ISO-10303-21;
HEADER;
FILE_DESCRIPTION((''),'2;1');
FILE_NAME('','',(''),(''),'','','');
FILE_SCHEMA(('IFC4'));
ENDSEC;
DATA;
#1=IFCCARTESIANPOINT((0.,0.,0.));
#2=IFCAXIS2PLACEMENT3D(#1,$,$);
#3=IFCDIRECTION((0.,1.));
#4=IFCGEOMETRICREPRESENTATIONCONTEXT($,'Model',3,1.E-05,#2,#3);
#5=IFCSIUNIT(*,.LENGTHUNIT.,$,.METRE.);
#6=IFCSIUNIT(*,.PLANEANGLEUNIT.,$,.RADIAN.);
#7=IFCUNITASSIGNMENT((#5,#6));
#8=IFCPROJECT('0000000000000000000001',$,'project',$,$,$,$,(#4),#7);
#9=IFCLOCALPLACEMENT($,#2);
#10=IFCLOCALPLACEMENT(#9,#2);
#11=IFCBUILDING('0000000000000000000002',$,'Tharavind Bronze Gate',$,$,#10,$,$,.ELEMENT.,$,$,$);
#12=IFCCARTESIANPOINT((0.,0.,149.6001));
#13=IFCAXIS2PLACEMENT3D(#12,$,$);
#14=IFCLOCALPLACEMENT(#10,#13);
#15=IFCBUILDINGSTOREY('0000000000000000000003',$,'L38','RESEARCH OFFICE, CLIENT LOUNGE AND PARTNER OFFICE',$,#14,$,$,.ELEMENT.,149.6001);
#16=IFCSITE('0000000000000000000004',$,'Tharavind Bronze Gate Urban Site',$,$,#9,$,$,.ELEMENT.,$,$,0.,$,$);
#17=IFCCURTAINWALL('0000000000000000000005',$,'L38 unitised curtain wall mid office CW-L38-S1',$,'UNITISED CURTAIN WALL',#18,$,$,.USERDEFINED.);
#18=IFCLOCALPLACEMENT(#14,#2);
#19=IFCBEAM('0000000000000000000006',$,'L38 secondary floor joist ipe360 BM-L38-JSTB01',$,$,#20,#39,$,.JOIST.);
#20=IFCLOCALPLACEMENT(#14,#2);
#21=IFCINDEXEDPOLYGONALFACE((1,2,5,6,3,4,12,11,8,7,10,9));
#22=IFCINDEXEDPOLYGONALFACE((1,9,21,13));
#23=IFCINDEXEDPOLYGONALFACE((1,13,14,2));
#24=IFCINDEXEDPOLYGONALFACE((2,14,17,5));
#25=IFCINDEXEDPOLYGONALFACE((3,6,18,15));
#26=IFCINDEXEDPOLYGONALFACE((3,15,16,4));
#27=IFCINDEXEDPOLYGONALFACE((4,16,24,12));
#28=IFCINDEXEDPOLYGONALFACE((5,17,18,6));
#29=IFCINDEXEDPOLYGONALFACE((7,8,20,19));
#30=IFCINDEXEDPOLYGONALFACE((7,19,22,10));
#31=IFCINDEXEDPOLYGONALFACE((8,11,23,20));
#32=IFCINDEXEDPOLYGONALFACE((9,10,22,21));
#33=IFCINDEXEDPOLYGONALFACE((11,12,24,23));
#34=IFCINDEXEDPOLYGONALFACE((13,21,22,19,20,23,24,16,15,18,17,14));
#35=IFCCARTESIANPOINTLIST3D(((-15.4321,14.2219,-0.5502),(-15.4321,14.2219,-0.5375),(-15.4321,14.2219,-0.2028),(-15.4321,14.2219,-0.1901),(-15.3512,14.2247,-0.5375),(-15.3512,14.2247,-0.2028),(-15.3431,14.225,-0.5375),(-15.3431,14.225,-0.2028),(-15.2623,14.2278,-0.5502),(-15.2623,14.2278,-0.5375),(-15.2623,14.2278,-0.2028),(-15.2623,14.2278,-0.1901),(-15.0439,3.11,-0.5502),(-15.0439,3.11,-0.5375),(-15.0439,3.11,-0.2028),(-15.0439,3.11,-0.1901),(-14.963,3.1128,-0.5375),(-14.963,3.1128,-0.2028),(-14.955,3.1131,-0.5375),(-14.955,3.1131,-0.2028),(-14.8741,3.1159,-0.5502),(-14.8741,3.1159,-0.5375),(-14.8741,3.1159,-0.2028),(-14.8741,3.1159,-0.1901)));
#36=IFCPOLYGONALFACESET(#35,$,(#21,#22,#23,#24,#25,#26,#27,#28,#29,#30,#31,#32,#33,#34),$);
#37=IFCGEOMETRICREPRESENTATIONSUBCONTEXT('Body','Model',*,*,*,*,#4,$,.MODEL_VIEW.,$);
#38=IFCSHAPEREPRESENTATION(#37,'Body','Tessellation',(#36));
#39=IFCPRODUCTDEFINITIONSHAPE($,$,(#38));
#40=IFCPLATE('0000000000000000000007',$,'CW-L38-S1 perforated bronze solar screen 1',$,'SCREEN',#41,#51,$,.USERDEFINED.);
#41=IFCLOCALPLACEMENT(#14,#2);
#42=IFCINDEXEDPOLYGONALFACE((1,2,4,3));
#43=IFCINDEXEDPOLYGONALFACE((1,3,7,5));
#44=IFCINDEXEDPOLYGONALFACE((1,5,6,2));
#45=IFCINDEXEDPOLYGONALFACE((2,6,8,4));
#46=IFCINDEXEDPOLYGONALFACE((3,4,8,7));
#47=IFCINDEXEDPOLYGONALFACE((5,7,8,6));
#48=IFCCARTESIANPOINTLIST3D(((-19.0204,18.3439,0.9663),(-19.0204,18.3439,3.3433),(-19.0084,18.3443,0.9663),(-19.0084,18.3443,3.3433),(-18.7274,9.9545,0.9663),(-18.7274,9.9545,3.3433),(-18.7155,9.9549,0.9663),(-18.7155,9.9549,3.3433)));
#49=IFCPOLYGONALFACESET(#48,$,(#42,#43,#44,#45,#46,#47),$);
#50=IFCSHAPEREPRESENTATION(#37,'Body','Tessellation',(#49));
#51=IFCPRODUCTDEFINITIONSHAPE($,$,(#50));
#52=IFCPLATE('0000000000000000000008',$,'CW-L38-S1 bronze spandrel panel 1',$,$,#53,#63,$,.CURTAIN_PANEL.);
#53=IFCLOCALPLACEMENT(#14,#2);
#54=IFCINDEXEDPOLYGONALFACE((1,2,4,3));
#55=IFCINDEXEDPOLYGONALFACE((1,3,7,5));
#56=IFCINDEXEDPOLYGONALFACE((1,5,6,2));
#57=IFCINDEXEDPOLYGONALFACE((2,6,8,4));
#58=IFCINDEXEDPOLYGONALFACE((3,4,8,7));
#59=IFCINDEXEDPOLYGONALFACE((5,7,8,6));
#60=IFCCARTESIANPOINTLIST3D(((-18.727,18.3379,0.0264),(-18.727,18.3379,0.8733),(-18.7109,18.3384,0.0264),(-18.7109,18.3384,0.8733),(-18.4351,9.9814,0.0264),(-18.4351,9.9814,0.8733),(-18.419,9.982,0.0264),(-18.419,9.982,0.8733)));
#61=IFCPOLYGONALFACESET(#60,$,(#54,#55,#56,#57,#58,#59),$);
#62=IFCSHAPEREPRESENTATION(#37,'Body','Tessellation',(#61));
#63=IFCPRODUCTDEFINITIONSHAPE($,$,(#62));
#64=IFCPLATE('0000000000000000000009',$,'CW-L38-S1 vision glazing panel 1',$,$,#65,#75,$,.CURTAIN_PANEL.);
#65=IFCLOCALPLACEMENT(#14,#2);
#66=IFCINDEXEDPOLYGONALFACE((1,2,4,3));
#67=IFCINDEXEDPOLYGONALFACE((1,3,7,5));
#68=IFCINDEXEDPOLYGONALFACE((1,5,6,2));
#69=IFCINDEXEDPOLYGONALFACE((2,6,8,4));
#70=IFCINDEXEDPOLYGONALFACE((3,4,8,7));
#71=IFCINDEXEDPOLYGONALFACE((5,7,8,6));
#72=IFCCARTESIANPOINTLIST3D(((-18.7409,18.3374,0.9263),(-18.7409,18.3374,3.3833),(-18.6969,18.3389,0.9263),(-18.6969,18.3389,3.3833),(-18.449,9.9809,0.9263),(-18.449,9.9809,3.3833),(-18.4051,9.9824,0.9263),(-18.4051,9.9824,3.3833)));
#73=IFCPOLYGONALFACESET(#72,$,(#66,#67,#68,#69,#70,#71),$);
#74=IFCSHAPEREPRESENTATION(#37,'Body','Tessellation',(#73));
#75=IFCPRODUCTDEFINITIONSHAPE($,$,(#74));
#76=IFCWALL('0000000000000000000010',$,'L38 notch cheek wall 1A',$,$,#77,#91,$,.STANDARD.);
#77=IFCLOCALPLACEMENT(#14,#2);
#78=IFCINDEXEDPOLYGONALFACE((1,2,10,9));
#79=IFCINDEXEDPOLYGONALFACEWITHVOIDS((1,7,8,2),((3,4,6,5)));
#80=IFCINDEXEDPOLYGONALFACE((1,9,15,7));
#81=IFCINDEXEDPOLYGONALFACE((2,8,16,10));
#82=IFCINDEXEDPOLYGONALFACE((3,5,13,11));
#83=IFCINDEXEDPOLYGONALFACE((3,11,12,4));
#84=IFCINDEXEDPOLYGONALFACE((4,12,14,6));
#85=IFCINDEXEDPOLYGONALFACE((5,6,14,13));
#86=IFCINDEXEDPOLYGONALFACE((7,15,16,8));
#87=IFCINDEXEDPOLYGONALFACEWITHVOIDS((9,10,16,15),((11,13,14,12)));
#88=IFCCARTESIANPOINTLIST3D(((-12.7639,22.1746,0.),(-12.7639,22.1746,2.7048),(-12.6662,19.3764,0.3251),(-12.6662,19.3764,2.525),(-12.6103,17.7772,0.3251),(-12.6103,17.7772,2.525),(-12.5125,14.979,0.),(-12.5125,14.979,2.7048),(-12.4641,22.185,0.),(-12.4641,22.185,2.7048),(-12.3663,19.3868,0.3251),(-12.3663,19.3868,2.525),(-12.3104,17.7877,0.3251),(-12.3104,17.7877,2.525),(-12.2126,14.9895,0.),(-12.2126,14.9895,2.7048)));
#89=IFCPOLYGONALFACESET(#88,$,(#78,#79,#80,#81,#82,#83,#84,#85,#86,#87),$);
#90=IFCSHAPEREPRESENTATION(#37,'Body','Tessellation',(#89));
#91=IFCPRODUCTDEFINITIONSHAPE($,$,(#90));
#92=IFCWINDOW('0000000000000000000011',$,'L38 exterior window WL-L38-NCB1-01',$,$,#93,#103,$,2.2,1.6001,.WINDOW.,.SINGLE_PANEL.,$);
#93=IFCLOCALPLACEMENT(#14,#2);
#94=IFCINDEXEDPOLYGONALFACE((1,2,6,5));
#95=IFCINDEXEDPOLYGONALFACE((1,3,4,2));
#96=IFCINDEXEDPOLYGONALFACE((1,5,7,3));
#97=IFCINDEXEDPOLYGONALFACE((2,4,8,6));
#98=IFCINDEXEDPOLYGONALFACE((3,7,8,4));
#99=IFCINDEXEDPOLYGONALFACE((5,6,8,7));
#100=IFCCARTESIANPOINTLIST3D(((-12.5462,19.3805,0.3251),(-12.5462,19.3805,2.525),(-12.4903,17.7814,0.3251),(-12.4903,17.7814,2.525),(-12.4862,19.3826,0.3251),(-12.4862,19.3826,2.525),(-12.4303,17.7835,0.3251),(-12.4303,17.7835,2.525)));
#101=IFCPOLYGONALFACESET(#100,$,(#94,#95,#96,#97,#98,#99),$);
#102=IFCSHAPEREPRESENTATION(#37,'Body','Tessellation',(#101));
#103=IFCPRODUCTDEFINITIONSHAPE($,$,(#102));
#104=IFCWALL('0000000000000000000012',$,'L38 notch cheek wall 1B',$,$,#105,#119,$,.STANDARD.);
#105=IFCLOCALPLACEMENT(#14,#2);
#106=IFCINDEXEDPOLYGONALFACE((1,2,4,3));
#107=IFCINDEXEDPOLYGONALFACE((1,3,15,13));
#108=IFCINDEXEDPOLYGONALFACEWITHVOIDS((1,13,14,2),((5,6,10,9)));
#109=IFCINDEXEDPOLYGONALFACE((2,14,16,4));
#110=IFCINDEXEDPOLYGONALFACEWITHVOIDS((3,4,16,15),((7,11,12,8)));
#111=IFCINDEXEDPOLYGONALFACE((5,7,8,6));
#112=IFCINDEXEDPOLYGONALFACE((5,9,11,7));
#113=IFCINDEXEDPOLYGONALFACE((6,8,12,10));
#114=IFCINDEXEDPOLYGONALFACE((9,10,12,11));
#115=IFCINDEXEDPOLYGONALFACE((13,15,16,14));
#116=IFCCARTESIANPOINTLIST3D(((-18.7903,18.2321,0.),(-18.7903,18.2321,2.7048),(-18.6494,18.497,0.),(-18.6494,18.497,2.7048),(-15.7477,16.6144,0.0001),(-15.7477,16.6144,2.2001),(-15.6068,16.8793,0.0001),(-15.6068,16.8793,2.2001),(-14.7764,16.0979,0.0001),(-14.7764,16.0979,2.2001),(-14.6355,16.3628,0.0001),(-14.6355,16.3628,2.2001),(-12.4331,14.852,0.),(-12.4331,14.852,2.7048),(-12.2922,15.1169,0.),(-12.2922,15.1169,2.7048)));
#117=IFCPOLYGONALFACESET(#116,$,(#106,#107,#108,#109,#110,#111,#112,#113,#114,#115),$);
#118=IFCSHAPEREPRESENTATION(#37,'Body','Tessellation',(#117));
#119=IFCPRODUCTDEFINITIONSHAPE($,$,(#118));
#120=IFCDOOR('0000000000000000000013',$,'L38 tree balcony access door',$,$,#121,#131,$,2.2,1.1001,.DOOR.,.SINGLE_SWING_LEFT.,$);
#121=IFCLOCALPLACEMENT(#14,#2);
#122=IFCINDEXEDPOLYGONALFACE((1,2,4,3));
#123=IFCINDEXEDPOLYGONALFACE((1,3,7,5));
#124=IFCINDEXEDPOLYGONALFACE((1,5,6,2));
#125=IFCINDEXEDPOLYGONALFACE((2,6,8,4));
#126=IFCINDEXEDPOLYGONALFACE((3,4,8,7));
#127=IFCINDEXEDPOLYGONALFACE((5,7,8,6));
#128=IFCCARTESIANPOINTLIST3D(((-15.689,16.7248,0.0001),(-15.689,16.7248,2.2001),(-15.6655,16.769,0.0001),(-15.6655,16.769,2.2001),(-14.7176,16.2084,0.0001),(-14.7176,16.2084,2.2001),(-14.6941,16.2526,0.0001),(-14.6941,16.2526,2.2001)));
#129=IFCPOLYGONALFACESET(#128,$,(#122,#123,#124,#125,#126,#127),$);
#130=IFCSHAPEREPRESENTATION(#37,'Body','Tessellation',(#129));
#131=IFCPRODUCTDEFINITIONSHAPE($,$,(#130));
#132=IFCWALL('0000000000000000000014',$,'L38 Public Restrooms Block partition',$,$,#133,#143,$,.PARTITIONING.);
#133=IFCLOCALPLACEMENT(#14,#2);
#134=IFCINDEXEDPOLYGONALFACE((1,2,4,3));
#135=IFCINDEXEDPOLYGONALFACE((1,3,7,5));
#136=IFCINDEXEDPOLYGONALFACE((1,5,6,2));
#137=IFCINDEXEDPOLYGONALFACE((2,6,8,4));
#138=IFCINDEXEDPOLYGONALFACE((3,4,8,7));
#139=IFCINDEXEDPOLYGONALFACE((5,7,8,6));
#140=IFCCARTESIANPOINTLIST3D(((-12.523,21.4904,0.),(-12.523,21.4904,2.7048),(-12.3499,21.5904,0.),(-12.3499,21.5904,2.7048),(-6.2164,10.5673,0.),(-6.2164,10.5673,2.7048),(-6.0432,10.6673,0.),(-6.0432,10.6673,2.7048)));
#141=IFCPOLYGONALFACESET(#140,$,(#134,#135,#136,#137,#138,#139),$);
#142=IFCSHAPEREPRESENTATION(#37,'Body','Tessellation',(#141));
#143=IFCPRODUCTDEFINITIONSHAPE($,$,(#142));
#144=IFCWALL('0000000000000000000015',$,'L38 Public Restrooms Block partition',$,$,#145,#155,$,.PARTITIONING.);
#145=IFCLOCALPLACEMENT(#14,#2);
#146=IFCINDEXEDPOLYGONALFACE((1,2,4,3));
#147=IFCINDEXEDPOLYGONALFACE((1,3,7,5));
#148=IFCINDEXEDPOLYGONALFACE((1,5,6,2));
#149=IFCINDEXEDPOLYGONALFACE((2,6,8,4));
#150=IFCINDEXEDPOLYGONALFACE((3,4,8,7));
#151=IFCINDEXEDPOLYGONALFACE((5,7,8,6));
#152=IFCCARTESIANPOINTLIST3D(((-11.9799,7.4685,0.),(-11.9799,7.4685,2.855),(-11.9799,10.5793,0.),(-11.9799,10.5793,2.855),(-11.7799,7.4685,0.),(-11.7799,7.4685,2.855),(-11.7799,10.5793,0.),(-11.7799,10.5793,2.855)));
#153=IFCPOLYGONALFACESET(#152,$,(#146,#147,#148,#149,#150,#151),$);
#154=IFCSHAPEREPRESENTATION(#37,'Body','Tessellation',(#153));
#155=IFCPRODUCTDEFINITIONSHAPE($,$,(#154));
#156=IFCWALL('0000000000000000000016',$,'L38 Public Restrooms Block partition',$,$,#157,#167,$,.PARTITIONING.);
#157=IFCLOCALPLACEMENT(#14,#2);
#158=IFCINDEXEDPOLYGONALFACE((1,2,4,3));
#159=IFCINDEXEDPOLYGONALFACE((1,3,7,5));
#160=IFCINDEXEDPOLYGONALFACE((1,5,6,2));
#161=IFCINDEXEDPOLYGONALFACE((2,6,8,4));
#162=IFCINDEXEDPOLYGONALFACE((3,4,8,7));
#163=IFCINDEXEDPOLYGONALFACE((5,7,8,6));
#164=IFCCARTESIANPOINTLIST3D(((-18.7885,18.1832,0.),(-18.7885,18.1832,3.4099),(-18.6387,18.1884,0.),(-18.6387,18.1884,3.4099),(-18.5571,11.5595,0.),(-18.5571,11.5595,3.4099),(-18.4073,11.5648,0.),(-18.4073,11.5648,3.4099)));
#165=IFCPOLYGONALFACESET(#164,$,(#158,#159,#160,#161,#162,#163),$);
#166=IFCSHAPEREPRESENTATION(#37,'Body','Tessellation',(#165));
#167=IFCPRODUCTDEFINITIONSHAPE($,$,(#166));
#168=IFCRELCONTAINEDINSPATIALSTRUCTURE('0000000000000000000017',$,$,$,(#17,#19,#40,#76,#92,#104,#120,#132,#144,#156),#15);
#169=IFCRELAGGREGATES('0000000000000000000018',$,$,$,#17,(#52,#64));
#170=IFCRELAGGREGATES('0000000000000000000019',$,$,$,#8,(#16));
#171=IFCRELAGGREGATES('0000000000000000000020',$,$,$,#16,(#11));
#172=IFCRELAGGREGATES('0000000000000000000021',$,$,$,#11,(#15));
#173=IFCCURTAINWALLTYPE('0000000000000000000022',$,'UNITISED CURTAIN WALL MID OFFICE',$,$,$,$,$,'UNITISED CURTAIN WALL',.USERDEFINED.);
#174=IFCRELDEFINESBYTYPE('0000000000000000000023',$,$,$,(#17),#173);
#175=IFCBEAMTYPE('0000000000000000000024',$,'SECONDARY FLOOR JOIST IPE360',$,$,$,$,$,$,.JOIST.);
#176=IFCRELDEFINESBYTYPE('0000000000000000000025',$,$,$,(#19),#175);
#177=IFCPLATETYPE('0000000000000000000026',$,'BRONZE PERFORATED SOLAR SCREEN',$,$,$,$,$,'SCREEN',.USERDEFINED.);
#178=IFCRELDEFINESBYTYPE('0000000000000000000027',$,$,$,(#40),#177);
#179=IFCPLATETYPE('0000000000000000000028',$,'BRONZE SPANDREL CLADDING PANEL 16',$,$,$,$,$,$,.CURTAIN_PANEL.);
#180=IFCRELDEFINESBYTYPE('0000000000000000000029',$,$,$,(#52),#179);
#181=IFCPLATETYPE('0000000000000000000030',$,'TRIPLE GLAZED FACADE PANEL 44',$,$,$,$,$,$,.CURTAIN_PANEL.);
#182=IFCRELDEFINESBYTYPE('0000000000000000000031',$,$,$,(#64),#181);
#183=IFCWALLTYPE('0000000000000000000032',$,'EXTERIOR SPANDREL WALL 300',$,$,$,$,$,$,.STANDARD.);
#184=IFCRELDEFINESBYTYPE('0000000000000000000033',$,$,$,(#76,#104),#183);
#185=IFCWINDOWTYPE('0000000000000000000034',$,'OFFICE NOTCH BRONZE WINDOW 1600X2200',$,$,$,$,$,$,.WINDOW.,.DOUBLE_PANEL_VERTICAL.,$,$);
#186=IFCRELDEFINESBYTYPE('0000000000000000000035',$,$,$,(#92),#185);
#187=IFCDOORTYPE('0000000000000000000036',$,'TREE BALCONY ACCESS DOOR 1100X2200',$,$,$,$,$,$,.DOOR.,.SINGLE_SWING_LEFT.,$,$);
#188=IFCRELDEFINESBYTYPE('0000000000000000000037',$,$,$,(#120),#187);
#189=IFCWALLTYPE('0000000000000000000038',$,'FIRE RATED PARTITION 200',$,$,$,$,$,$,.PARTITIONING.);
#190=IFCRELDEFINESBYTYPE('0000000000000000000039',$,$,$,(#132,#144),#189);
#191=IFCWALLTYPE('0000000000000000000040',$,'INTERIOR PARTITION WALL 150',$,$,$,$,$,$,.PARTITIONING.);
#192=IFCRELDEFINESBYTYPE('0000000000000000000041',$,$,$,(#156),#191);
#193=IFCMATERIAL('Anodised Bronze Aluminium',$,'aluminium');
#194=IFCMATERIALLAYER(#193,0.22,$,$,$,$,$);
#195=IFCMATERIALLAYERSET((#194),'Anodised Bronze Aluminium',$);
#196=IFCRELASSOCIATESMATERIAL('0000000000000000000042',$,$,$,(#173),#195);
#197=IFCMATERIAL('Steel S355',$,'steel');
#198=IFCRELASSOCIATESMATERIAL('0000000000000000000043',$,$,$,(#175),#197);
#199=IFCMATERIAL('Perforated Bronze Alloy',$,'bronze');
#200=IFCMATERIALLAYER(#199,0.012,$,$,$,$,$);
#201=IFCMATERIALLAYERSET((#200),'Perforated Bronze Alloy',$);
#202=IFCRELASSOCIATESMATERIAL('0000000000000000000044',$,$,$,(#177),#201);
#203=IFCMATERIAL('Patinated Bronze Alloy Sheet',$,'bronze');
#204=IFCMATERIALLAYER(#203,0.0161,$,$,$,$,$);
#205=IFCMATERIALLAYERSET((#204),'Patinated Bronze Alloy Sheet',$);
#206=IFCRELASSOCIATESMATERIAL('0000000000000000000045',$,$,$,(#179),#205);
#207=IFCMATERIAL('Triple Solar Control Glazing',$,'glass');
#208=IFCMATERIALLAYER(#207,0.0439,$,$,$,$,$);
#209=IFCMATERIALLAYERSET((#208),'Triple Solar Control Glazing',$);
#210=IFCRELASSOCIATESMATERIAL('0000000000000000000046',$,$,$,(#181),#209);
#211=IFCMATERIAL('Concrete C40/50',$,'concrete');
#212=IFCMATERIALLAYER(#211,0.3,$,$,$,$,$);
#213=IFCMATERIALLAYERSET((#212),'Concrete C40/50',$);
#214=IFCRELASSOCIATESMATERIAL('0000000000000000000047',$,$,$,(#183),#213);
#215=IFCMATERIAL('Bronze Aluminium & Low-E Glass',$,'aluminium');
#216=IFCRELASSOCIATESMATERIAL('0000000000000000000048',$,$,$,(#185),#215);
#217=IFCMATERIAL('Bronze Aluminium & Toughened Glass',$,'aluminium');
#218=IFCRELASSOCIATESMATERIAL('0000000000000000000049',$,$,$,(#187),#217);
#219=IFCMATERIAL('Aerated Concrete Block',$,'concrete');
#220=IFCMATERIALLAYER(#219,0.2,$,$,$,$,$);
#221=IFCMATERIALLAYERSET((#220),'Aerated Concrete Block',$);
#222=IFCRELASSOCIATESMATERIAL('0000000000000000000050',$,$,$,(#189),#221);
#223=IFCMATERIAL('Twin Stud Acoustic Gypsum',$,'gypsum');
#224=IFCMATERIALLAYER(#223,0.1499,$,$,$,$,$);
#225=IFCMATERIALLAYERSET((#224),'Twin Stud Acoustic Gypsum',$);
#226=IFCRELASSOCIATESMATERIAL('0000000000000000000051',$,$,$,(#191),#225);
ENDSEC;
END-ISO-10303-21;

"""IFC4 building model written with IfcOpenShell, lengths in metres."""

from ifc_helpers import new_model, si_unit, direction, frame, frame_2d, origin, origin_2d, place, context, subcontext, project, spatial, rectangle, i_section, extrude, material, layer, layer_set, material_profile, profile_set, type_object, element, fill, aggregate, save


model = new_model("IFC4")

# Units and contexts
model_context = context("Model", 3, precision=1e-05, world=origin(), true_north=direction((0.0, 1.0)))
body_context = subcontext(model_context, "Body", "Model", "MODEL_VIEW")
ifc_project = project(units=[si_unit("LENGTHUNIT", "METRE"), si_unit("PLANEANGLEUNIT", "RADIAN")], contexts=[model_context])

# Site, building, storey
site_placement = place(None, origin())
site = spatial("IfcSite", under=ifc_project, at=site_placement, Name="Tharavind Bronze Gate Urban Site", CompositionType="ELEMENT", RefElevation=0.0)
building_placement = place(site_placement, origin())
building = spatial("IfcBuilding", under=site, at=building_placement, Name="Tharavind Bronze Gate", CompositionType="ELEMENT")
storey_placement = place(building_placement, frame((0.0, 0.0, 149.6001)))
storey = spatial("IfcBuildingStorey", under=building, at=storey_placement, Name="L38", Description="RESEARCH OFFICE, CLIENT LOUNGE AND PARTNER OFFICE", CompositionType="ELEMENT", Elevation=149.6001)

# Curtain wall
ifc_material_1 = material(Name="Anodised Bronze Aluminium", Category="aluminium")
ifc_layer_1 = layer(ifc_material_1, 0.22)
ifc_layer_set_1 = layer_set([ifc_layer_1], Name="Anodised Bronze Aluminium")
curtain_wall_type = type_object("IfcCurtainWallType", Name="UNITISED CURTAIN WALL MID OFFICE", ElementType="UNITISED CURTAIN WALL", PredefinedType="USERDEFINED", material=ifc_layer_set_1)
curtain_wall_1_placement = place(storey_placement, origin())
curtain_wall_1 = element("IfcCurtainWall", 1, at=curtain_wall_1_placement, inside=storey, type_object=curtain_wall_type, Name="L38 unitised curtain wall mid office CW-L38-S1", ObjectType="UNITISED CURTAIN WALL", PredefinedType="USERDEFINED")

# Beam
ifc_material_2 = material(Name="Steel S355", Category="steel")
ifc_material_profile_1 = material_profile(ifc_material_2, i_section(OverallWidth=0.1699, OverallDepth=0.3601, WebThickness=0.0081, FlangeThickness=0.0127, at=origin_2d()), Name="IPE360")
ifc_profile_set_1 = profile_set([ifc_material_profile_1], Name="Steel S355")
beam_type_1 = type_object("IfcBeamType", Name="SECONDARY FLOOR JOIST IPE360", PredefinedType="JOIST", material=ifc_profile_set_1)
beam_1_placement = place(storey_placement, frame((-15.3472, 14.2249, -0.3701), z_axis=(0.034913, -0.99939, 0.0), x_axis=(0.99939, 0.034913, 0.0)))
element("IfcBeam", 2, at=beam_1_placement, inside=storey, type_object=beam_type_1, Name="L38 secondary floor joist ipe360 BM-L38-JSTB01", PredefinedType="JOIST", context=body_context, shape_type="SweptSolid", body=[
    extrude(i_section(OverallWidth=0.1699, OverallDepth=0.3601, WebThickness=0.0081, FlangeThickness=0.0127, at=origin_2d()), origin(), (0.0, 0.0, 1.0), 11.1187),
])

# Plates
ifc_material_3 = material(Name="Perforated Bronze Alloy", Category="bronze")
ifc_layer_2 = layer(ifc_material_3, 0.012)
ifc_layer_set_2 = layer_set([ifc_layer_2], Name="Perforated Bronze Alloy")
plate_type_1 = type_object("IfcPlateType", Name="BRONZE PERFORATED SOLAR SCREEN", ElementType="SCREEN", PredefinedType="USERDEFINED", material=ifc_layer_set_2)
plate_1_placement = place(storey_placement, frame((-18.8679, 14.1494, 0.9663), z_axis=(0.0, 0.0, 1.0), x_axis=(0.034899, -0.999391, 0.0)))
element("IfcPlate", 3, at=plate_1_placement, inside=storey, type_object=plate_type_1, Name="CW-L38-S1 perforated bronze solar screen 1", ObjectType="SCREEN", PredefinedType="USERDEFINED", context=body_context, shape_type="SweptSolid", body=[
    extrude(rectangle(XDim=8.3945, YDim=0.012, at=origin_2d()), origin(), (0.0, 0.0, 1.0), 2.377),
])
ifc_material_4 = material(Name="Patinated Bronze Alloy Sheet", Category="bronze")
ifc_layer_3 = layer(ifc_material_4, 0.0161)
ifc_layer_set_3 = layer_set([ifc_layer_3], Name="Patinated Bronze Alloy Sheet")
plate_type_2 = type_object("IfcPlateType", Name="BRONZE SPANDREL CLADDING PANEL 16", PredefinedType="CURTAIN_PANEL", material=ifc_layer_set_3)
plate_2_placement = place(storey_placement, frame((-18.573, 14.1599, 0.0264), z_axis=(0.0, 0.0, 1.0), x_axis=(0.034899, -0.999391, 0.0)))
plate_2 = element("IfcPlate", 4, at=plate_2_placement, type_object=plate_type_2, Name="CW-L38-S1 bronze spandrel panel 1", PredefinedType="CURTAIN_PANEL", context=body_context, shape_type="SweptSolid", body=[
    extrude(rectangle(XDim=8.3616, YDim=0.0161, at=origin_2d()), origin(), (0.0, 0.0, 1.0), 0.8469),
])
ifc_material_5 = material(Name="Triple Solar Control Glazing", Category="glass")
ifc_layer_4 = layer(ifc_material_5, 0.0439)
ifc_layer_set_4 = layer_set([ifc_layer_4], Name="Triple Solar Control Glazing")
plate_type_3 = type_object("IfcPlateType", Name="TRIPLE GLAZED FACADE PANEL 44", PredefinedType="CURTAIN_PANEL", material=ifc_layer_set_4)
plate_3_placement = place(storey_placement, frame((-18.573, 14.1599, 0.9263), z_axis=(0.0, 0.0, 1.0), x_axis=(0.034899, -0.999391, 0.0)))
plate_3 = element("IfcPlate", 5, at=plate_3_placement, type_object=plate_type_3, Name="CW-L38-S1 vision glazing panel 1", PredefinedType="CURTAIN_PANEL", context=body_context, shape_type="SweptSolid", body=[
    extrude(rectangle(XDim=8.3616, YDim=0.0439, at=origin_2d()), origin(), (0.0, 0.0, 1.0), 2.457),
])
aggregate(curtain_wall_1, [plate_2, plate_3])

# Wall, opening, window
ifc_material_6 = material(Name="Concrete C40/50", Category="concrete")
ifc_layer_5 = layer(ifc_material_6, 0.3)
ifc_layer_set_5 = layer_set([ifc_layer_5], Name="Concrete C40/50")
wall_type_1 = type_object("IfcWallType", Name="EXTERIOR SPANDREL WALL 300", PredefinedType="STANDARD", material=ifc_layer_set_5)
wall_1_placement = place(storey_placement, frame((-12.614, 22.1799, 0.0), z_axis=(0.0, 0.0, 1.0), x_axis=(0.034926, -0.99939, 0.0)))
wall_1 = element("IfcWall", 6, at=wall_1_placement, inside=storey, type_object=wall_type_1, Name="L38 notch cheek wall 1A", PredefinedType="STANDARD", context=body_context, shape_type="SweptSolid", body=[
    extrude(rectangle(XDim=7.2, YDim=0.3, at=frame_2d((3.6001, 0.0))), origin(), (0.0, 0.0, 1.0), 2.7048),
])
opening_1_placement = place(wall_1_placement, frame((2.8, 0.0, 0.325)))
opening_1 = element("IfcOpeningElement", 7, at=opening_1_placement, cuts=wall_1, PredefinedType="OPENING", context=body_context, shape_type="SweptSolid", body=[
    extrude(rectangle(XDim=1.6001, YDim=2.2, at=frame_2d((0.8, 1.1001))), frame((0.0, 0.1599, 0.0), z_axis=(0.0, -1.0, 0.0), x_axis=(1.0, 0.0, 0.0)), (0.0, 0.0, 1.0), 0.32),
])
ifc_material_7 = material(Name="Bronze Aluminium & Low-E Glass", Category="aluminium")
window_type = type_object("IfcWindowType", Name="OFFICE NOTCH BRONZE WINDOW 1600X2200", PartitioningType="DOUBLE_PANEL_VERTICAL", PredefinedType="WINDOW", material=ifc_material_7)
window_placement = place(opening_1_placement, origin())
window = element("IfcWindow", 8, at=window_placement, inside=storey, type_object=window_type, Name="L38 exterior window WL-L38-NCB1-01", OverallHeight=2.2, OverallWidth=1.6001, PartitioningType="SINGLE_PANEL", PredefinedType="WINDOW", context=body_context, shape_type="SweptSolid", body=[
    extrude(rectangle(XDim=1.6001, YDim=2.2, at=frame_2d((0.8, 1.1001))), frame((0.0, 0.03, 0.0), z_axis=(0.0, -1.0, 0.0), x_axis=(1.0, 0.0, 0.0)), (0.0, 0.0, 1.0), 0.0601),
])
fill(opening_1, window)

# Wall, opening, door
wall_2_placement = place(storey_placement, frame((-12.3625, 14.9844, 0.0), z_axis=(0.0, 0.0, 1.0), x_axis=(-0.88295, 0.469467, 0.0)))
wall_2 = element("IfcWall", 9, at=wall_2_placement, inside=storey, type_object=wall_type_1, Name="L38 notch cheek wall 1B", PredefinedType="STANDARD", context=body_context, shape_type="SweptSolid", body=[
    extrude(rectangle(XDim=7.2, YDim=0.3, at=frame_2d((3.6001, 0.0))), origin(), (0.0, 0.0, 1.0), 2.7048),
])
opening_2_placement = place(wall_2_placement, frame((2.6541, 0.0, 0.0)))
opening_2 = element("IfcOpeningElement", 10, at=opening_2_placement, cuts=wall_2, PredefinedType="OPENING", context=body_context, shape_type="SweptSolid", body=[
    extrude(rectangle(XDim=1.1001, YDim=2.2, at=frame_2d((0.55, 1.1001))), frame((0.0, 0.1599, 0.0), z_axis=(0.0, -1.0, 0.0), x_axis=(1.0, 0.0, 0.0)), (0.0, 0.0, 1.0), 0.32),
])
ifc_material_8 = material(Name="Bronze Aluminium & Toughened Glass", Category="aluminium")
door_type = type_object("IfcDoorType", Name="TREE BALCONY ACCESS DOOR 1100X2200", OperationType="SINGLE_SWING_LEFT", PredefinedType="DOOR", material=ifc_material_8)
door_placement = place(opening_2_placement, origin())
door = element("IfcDoor", 11, at=door_placement, inside=storey, type_object=door_type, Name="L38 tree balcony access door", OperationType="SINGLE_SWING_LEFT", OverallHeight=2.2, OverallWidth=1.1001, PredefinedType="DOOR", context=body_context, shape_type="SweptSolid", body=[
    extrude(rectangle(XDim=1.1001, YDim=2.2, at=frame_2d((0.55, 1.1001))), frame((0.0, 0.0249, 0.0), z_axis=(0.0, -1.0, 0.0), x_axis=(1.0, 0.0, 0.0)), (0.0, 0.0, 1.0), 0.05),
])
fill(opening_2, door)

# Walls
ifc_material_9 = material(Name="Aerated Concrete Block", Category="concrete")
ifc_layer_6 = layer(ifc_material_9, 0.2)
ifc_layer_set_6 = layer_set([ifc_layer_6], Name="Aerated Concrete Block")
wall_type_2 = type_object("IfcWallType", Name="FIRE RATED PARTITION 200", PredefinedType="PARTITIONING", material=ifc_layer_set_6)
wall_3_placement = place(storey_placement, frame((-12.4365, 21.5405, 0.0), z_axis=(0.0, 0.0, 1.0), x_axis=(0.500011, -0.866019, 0.0)))
element("IfcWall", 12, at=wall_3_placement, inside=storey, type_object=wall_type_2, Name="L38 Public Restrooms Block partition", PredefinedType="PARTITIONING", context=body_context, shape_type="SweptSolid", body=[
    extrude(rectangle(XDim=12.613, YDim=0.2, at=frame_2d((6.3066, 0.0))), origin(), (0.0, 0.0, 1.0), 2.7048),
])
wall_4_placement = place(storey_placement, frame((-11.8799, 10.5793, 0.0), z_axis=(0.0, 0.0, 1.0), x_axis=(0.0, -1.0, 0.0)))
element("IfcWall", 13, at=wall_4_placement, inside=storey, type_object=wall_type_2, Name="L38 Public Restrooms Block partition", PredefinedType="PARTITIONING", context=body_context, shape_type="SweptSolid", body=[
    extrude(rectangle(XDim=3.1108, YDim=0.2, at=frame_2d((1.5554, 0.0))), origin(), (0.0, 0.0, 1.0), 2.855),
])
ifc_material_10 = material(Name="Twin Stud Acoustic Gypsum", Category="gypsum")
ifc_layer_7 = layer(ifc_material_10, 0.1499)
ifc_layer_set_7 = layer_set([ifc_layer_7], Name="Twin Stud Acoustic Gypsum")
wall_type_3 = type_object("IfcWallType", Name="INTERIOR PARTITION WALL 150", PredefinedType="PARTITIONING", material=ifc_layer_set_7)
wall_5_placement = place(storey_placement, frame((-18.4822, 11.562, 0.0), z_axis=(0.0, 0.0, 1.0), x_axis=(-0.034922, 0.99939, 0.0)))
element("IfcWall", 14, at=wall_5_placement, inside=storey, type_object=wall_type_3, Name="L38 Public Restrooms Block partition", PredefinedType="PARTITIONING", context=body_context, shape_type="SweptSolid", body=[
    extrude(rectangle(XDim=6.6277, YDim=0.1499, at=frame_2d((3.314, 0.0))), origin(), (0.0, 0.0, 1.0), 3.4099),
])

save(model, "model.ifc")
